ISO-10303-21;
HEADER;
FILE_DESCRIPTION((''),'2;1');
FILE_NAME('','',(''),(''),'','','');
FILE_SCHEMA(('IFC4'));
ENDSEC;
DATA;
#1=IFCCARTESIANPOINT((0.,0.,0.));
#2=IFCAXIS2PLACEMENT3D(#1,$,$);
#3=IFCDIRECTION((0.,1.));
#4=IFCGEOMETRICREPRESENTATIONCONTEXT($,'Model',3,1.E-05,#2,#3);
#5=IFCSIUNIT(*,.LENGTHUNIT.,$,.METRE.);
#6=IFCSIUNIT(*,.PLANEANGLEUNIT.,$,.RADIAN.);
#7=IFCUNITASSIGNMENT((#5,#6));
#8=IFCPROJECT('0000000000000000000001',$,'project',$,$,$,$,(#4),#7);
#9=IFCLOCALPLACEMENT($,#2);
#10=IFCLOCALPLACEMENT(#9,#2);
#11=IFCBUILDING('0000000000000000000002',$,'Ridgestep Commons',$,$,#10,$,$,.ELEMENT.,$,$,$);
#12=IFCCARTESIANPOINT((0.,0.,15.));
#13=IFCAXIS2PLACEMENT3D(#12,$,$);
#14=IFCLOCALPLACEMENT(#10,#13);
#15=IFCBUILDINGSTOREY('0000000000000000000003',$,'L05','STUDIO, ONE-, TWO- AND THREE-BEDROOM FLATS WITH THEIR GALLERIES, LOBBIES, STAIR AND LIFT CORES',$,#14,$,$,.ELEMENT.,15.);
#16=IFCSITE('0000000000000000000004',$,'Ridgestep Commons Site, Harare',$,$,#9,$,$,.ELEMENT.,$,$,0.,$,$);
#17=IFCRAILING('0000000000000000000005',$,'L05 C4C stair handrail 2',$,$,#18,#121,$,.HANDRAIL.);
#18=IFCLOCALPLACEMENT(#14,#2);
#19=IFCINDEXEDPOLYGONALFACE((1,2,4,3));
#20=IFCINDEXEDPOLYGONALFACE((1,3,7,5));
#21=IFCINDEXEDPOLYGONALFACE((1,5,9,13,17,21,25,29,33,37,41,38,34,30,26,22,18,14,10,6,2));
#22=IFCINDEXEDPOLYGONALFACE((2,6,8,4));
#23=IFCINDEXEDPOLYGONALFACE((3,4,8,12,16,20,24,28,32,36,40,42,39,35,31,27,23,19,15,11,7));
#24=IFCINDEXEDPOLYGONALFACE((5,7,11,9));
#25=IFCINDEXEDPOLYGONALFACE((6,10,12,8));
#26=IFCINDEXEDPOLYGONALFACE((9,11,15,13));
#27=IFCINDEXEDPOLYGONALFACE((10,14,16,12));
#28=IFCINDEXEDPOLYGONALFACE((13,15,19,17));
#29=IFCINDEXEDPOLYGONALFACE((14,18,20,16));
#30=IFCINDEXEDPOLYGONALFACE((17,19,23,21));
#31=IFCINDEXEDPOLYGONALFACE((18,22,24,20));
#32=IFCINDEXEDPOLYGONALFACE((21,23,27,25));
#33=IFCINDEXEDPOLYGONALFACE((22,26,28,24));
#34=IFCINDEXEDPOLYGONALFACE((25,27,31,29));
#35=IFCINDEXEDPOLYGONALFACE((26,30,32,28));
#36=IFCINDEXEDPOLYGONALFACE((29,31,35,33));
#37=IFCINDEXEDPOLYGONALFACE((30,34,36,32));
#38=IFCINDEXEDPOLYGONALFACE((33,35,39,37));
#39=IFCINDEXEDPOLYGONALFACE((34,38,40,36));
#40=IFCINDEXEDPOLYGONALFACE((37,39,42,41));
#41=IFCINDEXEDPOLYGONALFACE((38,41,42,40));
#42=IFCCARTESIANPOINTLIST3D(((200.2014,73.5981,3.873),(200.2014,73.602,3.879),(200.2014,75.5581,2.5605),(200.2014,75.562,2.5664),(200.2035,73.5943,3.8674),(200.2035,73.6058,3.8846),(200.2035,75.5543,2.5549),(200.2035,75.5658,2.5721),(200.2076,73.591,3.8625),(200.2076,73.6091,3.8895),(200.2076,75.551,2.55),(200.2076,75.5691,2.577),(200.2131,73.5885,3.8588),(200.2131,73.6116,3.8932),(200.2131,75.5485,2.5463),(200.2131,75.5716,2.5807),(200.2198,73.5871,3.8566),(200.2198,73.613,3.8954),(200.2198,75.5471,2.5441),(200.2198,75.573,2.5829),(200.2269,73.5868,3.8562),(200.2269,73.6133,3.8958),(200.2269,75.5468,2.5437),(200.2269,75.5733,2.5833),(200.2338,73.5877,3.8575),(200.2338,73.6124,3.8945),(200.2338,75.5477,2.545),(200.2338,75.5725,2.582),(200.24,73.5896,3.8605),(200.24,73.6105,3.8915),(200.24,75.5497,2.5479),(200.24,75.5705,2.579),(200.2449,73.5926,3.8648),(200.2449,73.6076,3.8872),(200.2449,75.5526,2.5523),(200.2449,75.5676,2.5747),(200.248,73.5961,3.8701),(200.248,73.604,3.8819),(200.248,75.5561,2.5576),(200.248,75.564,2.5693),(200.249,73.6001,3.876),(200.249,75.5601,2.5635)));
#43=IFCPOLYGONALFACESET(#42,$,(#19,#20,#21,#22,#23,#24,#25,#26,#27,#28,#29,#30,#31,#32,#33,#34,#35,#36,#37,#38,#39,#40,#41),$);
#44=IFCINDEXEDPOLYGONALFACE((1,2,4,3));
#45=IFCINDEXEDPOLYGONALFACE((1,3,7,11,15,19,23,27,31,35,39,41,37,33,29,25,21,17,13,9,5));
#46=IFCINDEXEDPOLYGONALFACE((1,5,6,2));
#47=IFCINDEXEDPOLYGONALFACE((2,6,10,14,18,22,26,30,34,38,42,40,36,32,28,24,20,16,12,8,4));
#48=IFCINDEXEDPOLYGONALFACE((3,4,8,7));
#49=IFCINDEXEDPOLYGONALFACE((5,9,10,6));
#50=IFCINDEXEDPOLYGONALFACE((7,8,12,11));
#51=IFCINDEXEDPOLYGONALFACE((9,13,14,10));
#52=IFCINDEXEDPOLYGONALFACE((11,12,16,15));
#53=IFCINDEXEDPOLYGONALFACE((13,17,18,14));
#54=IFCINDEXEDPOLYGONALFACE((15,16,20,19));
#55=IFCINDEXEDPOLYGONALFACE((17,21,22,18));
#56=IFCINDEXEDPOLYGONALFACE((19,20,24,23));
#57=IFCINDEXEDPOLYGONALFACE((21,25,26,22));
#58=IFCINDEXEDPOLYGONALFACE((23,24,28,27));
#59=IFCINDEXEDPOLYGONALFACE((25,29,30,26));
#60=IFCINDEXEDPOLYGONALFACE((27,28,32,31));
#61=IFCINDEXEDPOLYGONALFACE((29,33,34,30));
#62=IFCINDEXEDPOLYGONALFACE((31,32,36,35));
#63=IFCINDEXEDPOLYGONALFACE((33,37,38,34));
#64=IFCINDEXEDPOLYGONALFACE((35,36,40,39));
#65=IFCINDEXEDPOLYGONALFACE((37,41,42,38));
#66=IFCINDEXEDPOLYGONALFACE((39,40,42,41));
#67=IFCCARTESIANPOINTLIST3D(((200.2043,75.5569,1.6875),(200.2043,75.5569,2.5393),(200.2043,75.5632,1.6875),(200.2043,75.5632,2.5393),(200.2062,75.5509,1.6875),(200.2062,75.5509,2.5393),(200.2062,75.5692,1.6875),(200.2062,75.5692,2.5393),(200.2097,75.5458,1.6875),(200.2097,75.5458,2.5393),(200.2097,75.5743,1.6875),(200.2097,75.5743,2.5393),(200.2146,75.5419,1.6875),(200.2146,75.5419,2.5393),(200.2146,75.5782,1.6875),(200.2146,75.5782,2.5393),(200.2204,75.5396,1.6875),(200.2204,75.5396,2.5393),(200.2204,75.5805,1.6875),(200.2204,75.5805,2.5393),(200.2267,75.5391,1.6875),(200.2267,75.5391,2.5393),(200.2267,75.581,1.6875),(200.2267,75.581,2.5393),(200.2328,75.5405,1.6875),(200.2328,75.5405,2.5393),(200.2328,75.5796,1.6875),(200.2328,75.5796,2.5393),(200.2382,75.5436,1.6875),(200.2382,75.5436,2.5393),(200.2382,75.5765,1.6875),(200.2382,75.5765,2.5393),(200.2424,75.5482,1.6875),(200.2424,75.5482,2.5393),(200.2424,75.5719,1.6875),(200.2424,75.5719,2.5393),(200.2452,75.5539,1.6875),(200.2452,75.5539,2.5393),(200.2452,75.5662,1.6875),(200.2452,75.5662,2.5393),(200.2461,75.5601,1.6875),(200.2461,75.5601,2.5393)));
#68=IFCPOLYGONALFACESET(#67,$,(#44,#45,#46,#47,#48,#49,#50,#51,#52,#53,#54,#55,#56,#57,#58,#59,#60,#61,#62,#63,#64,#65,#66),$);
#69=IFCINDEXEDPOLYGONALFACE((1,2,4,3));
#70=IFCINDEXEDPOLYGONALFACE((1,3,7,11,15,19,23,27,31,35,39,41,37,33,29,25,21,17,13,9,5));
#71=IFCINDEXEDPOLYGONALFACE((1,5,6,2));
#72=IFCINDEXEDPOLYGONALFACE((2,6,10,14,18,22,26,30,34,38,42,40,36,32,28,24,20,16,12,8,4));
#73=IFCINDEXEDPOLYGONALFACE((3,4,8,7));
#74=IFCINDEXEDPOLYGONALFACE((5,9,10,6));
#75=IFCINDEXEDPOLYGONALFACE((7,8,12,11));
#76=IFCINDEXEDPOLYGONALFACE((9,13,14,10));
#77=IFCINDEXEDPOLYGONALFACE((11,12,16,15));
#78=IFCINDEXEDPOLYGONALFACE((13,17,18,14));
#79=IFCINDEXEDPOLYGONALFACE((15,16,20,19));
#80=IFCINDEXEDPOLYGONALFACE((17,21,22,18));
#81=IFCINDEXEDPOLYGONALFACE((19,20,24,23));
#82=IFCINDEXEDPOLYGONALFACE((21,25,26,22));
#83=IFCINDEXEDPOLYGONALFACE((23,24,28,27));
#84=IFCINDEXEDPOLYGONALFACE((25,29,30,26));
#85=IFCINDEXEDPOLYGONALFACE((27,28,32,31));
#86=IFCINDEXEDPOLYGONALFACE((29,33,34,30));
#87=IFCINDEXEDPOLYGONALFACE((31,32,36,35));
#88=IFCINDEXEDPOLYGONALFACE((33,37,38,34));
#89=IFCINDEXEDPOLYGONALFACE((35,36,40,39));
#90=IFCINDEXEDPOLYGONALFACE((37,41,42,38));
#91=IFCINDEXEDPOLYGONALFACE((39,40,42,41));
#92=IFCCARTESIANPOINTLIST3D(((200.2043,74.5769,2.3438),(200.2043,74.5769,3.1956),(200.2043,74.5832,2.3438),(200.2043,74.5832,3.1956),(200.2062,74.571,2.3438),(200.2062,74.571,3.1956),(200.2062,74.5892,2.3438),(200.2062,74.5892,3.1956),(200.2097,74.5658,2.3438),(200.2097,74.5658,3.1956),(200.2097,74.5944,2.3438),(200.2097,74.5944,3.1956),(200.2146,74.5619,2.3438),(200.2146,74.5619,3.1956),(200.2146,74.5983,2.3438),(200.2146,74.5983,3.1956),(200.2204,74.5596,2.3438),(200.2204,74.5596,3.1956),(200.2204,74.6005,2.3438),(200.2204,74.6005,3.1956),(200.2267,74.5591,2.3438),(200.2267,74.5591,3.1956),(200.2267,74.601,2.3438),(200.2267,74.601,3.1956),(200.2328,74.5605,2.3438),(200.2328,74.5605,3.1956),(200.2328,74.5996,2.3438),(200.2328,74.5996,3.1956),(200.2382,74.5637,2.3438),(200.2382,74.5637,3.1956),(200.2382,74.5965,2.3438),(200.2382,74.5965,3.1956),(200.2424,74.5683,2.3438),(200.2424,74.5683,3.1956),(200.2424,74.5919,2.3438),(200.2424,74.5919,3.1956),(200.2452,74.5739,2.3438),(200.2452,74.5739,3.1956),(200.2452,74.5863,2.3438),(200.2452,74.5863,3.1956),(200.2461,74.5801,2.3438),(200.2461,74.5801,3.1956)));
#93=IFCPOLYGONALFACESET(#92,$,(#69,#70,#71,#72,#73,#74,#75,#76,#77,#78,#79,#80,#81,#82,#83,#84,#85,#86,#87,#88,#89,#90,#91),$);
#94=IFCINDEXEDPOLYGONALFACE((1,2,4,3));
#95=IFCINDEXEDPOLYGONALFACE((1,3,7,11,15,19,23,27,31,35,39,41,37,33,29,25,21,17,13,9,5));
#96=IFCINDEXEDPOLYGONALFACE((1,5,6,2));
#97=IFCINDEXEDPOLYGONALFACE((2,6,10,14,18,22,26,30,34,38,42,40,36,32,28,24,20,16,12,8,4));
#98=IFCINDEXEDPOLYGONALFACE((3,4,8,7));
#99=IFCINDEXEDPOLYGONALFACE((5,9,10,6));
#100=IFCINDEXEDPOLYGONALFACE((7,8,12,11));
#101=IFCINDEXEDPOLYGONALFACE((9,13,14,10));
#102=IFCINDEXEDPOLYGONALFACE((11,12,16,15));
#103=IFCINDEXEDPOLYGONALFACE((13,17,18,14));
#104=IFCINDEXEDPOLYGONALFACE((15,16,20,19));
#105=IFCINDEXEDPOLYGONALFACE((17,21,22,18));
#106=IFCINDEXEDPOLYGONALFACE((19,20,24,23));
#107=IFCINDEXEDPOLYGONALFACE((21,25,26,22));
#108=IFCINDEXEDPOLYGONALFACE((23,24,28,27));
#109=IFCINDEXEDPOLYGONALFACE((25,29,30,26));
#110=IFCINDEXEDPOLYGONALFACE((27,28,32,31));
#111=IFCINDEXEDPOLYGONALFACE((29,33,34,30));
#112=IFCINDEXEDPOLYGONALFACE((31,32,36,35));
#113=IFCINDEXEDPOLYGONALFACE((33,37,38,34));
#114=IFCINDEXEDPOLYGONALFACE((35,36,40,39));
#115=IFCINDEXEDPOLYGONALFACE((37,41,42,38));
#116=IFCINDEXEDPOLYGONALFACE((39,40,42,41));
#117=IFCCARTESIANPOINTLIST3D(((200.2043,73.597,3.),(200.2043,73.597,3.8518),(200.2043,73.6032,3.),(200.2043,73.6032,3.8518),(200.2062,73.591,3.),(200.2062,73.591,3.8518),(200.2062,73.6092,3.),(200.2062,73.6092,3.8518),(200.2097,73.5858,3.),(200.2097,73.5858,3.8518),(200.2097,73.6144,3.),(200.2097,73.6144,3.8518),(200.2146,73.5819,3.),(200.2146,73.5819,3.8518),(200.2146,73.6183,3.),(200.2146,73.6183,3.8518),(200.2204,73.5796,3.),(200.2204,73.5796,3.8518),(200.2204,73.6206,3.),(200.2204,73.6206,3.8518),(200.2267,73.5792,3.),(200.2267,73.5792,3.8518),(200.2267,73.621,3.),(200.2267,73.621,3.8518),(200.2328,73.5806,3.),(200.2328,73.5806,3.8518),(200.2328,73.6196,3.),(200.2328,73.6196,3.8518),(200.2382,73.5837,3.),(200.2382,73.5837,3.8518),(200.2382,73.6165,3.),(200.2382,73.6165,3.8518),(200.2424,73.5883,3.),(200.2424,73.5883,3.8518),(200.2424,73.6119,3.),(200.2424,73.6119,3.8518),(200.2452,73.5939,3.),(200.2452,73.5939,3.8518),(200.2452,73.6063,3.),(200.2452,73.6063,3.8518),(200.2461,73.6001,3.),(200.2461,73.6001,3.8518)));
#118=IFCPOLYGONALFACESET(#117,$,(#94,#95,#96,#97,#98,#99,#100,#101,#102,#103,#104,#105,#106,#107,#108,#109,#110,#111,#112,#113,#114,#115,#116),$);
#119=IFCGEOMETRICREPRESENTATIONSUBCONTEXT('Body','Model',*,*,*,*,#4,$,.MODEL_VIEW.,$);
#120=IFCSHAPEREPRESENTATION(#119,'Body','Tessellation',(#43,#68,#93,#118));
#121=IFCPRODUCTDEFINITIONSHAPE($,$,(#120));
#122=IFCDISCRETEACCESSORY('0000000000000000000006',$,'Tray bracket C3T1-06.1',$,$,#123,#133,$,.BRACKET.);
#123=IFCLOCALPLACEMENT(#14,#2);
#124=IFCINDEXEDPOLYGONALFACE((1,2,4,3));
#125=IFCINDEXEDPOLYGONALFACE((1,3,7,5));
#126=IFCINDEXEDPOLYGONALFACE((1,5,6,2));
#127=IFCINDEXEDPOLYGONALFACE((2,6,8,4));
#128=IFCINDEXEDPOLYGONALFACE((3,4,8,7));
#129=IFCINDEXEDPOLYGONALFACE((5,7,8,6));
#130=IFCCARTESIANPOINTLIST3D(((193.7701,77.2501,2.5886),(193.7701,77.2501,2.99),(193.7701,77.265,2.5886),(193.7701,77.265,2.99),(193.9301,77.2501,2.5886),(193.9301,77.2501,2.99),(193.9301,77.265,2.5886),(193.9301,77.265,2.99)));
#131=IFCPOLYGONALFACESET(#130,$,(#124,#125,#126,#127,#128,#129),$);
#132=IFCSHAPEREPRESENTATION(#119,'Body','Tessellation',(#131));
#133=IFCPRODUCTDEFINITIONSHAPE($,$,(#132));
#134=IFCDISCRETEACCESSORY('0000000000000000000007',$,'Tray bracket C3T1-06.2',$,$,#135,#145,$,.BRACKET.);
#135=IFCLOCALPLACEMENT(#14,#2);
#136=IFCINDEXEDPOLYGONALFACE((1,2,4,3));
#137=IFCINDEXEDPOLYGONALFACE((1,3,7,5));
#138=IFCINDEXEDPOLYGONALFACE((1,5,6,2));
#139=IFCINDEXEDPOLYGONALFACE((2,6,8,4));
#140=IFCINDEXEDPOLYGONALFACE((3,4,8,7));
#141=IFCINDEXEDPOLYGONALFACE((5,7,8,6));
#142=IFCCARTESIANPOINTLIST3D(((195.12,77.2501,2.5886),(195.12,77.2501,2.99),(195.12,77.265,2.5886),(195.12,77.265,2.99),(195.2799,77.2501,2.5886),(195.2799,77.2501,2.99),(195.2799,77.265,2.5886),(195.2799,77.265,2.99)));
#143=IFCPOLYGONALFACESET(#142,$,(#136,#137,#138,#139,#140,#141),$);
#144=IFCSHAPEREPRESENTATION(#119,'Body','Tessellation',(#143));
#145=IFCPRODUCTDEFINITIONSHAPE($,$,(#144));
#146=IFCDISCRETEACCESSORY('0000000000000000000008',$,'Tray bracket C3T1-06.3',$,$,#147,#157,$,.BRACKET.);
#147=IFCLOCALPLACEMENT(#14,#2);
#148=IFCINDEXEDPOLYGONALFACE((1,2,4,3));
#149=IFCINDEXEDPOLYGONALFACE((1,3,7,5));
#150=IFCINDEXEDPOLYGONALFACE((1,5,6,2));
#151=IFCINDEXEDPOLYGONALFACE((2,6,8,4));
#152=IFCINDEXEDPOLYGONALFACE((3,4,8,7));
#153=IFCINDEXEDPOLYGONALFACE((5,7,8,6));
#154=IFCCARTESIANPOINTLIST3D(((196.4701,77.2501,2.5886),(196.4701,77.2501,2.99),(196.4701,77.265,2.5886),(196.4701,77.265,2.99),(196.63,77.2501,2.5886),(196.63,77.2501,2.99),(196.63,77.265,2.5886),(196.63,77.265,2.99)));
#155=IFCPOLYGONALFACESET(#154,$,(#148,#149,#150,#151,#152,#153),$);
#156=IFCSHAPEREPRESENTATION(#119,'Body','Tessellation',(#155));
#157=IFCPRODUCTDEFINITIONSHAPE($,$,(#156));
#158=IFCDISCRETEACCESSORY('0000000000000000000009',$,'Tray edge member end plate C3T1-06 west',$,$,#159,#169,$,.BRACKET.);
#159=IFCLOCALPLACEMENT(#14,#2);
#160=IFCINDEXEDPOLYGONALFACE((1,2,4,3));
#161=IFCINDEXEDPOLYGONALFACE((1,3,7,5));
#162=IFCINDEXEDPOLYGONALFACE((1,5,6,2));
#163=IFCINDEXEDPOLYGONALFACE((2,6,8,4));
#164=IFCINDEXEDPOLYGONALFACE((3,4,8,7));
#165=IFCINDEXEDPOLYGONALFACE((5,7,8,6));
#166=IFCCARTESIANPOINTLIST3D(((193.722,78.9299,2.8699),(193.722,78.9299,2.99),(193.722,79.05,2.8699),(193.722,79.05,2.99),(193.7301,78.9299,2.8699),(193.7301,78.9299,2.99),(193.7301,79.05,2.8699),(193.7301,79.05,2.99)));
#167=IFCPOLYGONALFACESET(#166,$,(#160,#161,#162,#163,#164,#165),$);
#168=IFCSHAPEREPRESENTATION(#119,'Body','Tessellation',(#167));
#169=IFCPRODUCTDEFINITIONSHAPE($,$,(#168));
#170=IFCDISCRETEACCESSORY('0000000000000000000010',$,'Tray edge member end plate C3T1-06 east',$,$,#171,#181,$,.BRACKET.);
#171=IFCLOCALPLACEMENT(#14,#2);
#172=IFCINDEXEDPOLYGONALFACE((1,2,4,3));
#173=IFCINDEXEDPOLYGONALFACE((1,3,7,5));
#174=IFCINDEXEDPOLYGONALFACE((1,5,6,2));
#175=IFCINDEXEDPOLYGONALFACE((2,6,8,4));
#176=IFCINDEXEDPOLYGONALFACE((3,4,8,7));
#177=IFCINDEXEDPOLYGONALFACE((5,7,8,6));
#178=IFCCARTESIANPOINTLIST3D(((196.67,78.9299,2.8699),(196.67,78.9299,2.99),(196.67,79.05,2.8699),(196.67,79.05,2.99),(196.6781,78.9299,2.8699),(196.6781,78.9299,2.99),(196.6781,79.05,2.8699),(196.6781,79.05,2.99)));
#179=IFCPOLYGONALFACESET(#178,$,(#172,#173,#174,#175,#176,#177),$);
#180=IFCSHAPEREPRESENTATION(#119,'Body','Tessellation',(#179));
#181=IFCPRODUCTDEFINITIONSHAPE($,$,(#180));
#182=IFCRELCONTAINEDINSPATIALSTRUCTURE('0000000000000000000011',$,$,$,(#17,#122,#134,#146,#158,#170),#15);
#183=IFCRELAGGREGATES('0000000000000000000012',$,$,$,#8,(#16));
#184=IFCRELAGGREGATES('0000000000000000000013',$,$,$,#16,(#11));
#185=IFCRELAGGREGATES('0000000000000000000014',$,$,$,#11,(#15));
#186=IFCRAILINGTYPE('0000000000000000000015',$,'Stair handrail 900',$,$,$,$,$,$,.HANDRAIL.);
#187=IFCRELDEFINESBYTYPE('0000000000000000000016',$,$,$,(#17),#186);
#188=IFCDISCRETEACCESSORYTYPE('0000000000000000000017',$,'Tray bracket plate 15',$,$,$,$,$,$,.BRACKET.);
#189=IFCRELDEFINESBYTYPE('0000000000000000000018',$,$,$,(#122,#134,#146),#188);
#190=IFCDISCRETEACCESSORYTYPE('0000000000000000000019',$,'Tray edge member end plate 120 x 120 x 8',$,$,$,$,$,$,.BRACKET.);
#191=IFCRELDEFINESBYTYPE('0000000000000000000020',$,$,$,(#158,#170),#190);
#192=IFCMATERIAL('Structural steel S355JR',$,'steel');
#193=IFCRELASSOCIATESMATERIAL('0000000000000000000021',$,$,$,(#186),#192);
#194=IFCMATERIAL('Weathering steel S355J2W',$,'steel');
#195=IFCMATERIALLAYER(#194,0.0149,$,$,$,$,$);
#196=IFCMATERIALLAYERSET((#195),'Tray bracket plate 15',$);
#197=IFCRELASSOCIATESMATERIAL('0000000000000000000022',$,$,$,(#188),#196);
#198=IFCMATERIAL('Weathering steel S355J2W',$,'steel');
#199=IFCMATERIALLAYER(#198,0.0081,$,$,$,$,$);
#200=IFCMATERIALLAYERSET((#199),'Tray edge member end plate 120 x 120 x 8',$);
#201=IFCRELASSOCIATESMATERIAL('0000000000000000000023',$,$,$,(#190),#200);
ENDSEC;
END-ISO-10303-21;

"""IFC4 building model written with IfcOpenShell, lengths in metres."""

from ifc_helpers import new_model, si_unit, direction, frame, origin, origin_2d, place, context, subcontext, project, spatial, rectangle, circle, extrude, material, layer, layer_set, type_object, element, save


model = new_model("IFC4")

# Units and contexts
model_context = context("Model", 3, precision=1e-05, world=origin(), true_north=direction((0.0, 1.0)))
body_context = subcontext(model_context, "Body", "Model", "MODEL_VIEW")
ifc_project = project(units=[si_unit("LENGTHUNIT", "METRE"), si_unit("PLANEANGLEUNIT", "RADIAN")], contexts=[model_context])

# Site, building, storey
site_placement = place(None, origin())
site = spatial("IfcSite", under=ifc_project, at=site_placement, Name="Ridgestep Commons Site, Harare", CompositionType="ELEMENT", RefElevation=0.0)
building_placement = place(site_placement, origin())
building = spatial("IfcBuilding", under=site, at=building_placement, Name="Ridgestep Commons", CompositionType="ELEMENT")
storey_placement = place(building_placement, frame((0.0, 0.0, 15.0)))
storey = spatial("IfcBuildingStorey", under=building, at=storey_placement, Name="L05", Description="STUDIO, ONE-, TWO- AND THREE-BEDROOM FLATS WITH THEIR GALLERIES, LOBBIES, STAIR AND LIFT CORES", CompositionType="ELEMENT", Elevation=15.0)

# Railing
ifc_material_1 = material(Name="Structural steel S355JR", Category="steel")
railing_type = type_object("IfcRailingType", Name="Stair handrail 900", PredefinedType="HANDRAIL", material=ifc_material_1)
railing_placement = place(storey_placement, frame((200.2251, 75.5601, 1.6875)))
element("IfcRailing", 1, at=railing_placement, inside=storey, type_object=railing_type, Name="L05 C4C stair handrail 2", PredefinedType="HANDRAIL", context=body_context, shape_type="SweptSolid", body=[
    extrude(circle(Radius=0.0239, at=origin_2d()), frame((0.0, 0.0, 0.876), z_axis=(0.0, -0.830902, 0.556419), x_axis=(1.0, 0.0, 0.0)), (0.0, 0.0, 1.0), 2.3589),
    extrude(circle(Radius=0.021, at=origin_2d()), origin(), (0.0, 0.0, 1.0), 0.8518),
    extrude(circle(Radius=0.021, at=origin_2d()), frame((0.0, -0.98, 0.6562)), (0.0, 0.0, 1.0), 0.8518),
    extrude(circle(Radius=0.021, at=origin_2d()), frame((0.0, -1.96, 1.3125)), (0.0, 0.0, 1.0), 0.8518),
])

# Discrete accessories
ifc_material_2 = material(Name="Weathering steel S355J2W", Category="steel")
ifc_layer_1 = layer(ifc_material_2, 0.0149)
ifc_layer_set_1 = layer_set([ifc_layer_1], Name="Tray bracket plate 15")
discrete_accessory_type_1 = type_object("IfcDiscreteAccessoryType", Name="Tray bracket plate 15", PredefinedType="BRACKET", material=ifc_layer_set_1)
for number, where, z_axis, x_axis, name in (
    (2, (193.8501, 77.2576, 2.5886), (0.0, 0.0, 1.0), (1.0, 0.0, 0.0), "Tray bracket C3T1-06.1"),
    (3, (195.2, 77.2576, 2.5886), (0.0, 0.0, 1.0), (1.0, 0.0, 0.0), "Tray bracket C3T1-06.2"),
    (4, (196.55, 77.2576, 2.5886), (0.0, 0.0, 1.0), (1.0, 0.0, 0.0), "Tray bracket C3T1-06.3"),
):
    element("IfcDiscreteAccessory", number, at=place(storey_placement, frame(where, z_axis=z_axis, x_axis=x_axis)), inside=storey, type_object=discrete_accessory_type_1, Name=name, PredefinedType="BRACKET", context=body_context, shape_type="SweptSolid", body=[
        extrude(rectangle(XDim=0.1599, YDim=0.0149, at=origin_2d()), origin(), (0.0, 0.0, 1.0), 0.4014),
    ])
ifc_material_3 = material(Name="Weathering steel S355J2W", Category="steel")
ifc_layer_2 = layer(ifc_material_3, 0.0081)
ifc_layer_set_2 = layer_set([ifc_layer_2], Name="Tray edge member end plate 120 x 120 x 8")
discrete_accessory_type_2 = type_object("IfcDiscreteAccessoryType", Name="Tray edge member end plate 120 x 120 x 8", PredefinedType="BRACKET", material=ifc_layer_set_2)
for number, where, z_axis, x_axis, name in (
    (5, (193.7261, 78.99, 2.8699), (0.0, 0.0, 1.0), (1.0, 0.0, 0.0), "Tray edge member end plate C3T1-06 west"),
    (6, (196.6741, 78.99, 2.8699), (0.0, 0.0, 1.0), (1.0, 0.0, 0.0), "Tray edge member end plate C3T1-06 east"),
):
    element("IfcDiscreteAccessory", number, at=place(storey_placement, frame(where, z_axis=z_axis, x_axis=x_axis)), inside=storey, type_object=discrete_accessory_type_2, Name=name, PredefinedType="BRACKET", context=body_context, shape_type="SweptSolid", body=[
        extrude(rectangle(XDim=0.0081, YDim=0.1201, at=origin_2d()), origin(), (0.0, 0.0, 1.0), 0.1201),
    ])

save(model, "model.ifc")
